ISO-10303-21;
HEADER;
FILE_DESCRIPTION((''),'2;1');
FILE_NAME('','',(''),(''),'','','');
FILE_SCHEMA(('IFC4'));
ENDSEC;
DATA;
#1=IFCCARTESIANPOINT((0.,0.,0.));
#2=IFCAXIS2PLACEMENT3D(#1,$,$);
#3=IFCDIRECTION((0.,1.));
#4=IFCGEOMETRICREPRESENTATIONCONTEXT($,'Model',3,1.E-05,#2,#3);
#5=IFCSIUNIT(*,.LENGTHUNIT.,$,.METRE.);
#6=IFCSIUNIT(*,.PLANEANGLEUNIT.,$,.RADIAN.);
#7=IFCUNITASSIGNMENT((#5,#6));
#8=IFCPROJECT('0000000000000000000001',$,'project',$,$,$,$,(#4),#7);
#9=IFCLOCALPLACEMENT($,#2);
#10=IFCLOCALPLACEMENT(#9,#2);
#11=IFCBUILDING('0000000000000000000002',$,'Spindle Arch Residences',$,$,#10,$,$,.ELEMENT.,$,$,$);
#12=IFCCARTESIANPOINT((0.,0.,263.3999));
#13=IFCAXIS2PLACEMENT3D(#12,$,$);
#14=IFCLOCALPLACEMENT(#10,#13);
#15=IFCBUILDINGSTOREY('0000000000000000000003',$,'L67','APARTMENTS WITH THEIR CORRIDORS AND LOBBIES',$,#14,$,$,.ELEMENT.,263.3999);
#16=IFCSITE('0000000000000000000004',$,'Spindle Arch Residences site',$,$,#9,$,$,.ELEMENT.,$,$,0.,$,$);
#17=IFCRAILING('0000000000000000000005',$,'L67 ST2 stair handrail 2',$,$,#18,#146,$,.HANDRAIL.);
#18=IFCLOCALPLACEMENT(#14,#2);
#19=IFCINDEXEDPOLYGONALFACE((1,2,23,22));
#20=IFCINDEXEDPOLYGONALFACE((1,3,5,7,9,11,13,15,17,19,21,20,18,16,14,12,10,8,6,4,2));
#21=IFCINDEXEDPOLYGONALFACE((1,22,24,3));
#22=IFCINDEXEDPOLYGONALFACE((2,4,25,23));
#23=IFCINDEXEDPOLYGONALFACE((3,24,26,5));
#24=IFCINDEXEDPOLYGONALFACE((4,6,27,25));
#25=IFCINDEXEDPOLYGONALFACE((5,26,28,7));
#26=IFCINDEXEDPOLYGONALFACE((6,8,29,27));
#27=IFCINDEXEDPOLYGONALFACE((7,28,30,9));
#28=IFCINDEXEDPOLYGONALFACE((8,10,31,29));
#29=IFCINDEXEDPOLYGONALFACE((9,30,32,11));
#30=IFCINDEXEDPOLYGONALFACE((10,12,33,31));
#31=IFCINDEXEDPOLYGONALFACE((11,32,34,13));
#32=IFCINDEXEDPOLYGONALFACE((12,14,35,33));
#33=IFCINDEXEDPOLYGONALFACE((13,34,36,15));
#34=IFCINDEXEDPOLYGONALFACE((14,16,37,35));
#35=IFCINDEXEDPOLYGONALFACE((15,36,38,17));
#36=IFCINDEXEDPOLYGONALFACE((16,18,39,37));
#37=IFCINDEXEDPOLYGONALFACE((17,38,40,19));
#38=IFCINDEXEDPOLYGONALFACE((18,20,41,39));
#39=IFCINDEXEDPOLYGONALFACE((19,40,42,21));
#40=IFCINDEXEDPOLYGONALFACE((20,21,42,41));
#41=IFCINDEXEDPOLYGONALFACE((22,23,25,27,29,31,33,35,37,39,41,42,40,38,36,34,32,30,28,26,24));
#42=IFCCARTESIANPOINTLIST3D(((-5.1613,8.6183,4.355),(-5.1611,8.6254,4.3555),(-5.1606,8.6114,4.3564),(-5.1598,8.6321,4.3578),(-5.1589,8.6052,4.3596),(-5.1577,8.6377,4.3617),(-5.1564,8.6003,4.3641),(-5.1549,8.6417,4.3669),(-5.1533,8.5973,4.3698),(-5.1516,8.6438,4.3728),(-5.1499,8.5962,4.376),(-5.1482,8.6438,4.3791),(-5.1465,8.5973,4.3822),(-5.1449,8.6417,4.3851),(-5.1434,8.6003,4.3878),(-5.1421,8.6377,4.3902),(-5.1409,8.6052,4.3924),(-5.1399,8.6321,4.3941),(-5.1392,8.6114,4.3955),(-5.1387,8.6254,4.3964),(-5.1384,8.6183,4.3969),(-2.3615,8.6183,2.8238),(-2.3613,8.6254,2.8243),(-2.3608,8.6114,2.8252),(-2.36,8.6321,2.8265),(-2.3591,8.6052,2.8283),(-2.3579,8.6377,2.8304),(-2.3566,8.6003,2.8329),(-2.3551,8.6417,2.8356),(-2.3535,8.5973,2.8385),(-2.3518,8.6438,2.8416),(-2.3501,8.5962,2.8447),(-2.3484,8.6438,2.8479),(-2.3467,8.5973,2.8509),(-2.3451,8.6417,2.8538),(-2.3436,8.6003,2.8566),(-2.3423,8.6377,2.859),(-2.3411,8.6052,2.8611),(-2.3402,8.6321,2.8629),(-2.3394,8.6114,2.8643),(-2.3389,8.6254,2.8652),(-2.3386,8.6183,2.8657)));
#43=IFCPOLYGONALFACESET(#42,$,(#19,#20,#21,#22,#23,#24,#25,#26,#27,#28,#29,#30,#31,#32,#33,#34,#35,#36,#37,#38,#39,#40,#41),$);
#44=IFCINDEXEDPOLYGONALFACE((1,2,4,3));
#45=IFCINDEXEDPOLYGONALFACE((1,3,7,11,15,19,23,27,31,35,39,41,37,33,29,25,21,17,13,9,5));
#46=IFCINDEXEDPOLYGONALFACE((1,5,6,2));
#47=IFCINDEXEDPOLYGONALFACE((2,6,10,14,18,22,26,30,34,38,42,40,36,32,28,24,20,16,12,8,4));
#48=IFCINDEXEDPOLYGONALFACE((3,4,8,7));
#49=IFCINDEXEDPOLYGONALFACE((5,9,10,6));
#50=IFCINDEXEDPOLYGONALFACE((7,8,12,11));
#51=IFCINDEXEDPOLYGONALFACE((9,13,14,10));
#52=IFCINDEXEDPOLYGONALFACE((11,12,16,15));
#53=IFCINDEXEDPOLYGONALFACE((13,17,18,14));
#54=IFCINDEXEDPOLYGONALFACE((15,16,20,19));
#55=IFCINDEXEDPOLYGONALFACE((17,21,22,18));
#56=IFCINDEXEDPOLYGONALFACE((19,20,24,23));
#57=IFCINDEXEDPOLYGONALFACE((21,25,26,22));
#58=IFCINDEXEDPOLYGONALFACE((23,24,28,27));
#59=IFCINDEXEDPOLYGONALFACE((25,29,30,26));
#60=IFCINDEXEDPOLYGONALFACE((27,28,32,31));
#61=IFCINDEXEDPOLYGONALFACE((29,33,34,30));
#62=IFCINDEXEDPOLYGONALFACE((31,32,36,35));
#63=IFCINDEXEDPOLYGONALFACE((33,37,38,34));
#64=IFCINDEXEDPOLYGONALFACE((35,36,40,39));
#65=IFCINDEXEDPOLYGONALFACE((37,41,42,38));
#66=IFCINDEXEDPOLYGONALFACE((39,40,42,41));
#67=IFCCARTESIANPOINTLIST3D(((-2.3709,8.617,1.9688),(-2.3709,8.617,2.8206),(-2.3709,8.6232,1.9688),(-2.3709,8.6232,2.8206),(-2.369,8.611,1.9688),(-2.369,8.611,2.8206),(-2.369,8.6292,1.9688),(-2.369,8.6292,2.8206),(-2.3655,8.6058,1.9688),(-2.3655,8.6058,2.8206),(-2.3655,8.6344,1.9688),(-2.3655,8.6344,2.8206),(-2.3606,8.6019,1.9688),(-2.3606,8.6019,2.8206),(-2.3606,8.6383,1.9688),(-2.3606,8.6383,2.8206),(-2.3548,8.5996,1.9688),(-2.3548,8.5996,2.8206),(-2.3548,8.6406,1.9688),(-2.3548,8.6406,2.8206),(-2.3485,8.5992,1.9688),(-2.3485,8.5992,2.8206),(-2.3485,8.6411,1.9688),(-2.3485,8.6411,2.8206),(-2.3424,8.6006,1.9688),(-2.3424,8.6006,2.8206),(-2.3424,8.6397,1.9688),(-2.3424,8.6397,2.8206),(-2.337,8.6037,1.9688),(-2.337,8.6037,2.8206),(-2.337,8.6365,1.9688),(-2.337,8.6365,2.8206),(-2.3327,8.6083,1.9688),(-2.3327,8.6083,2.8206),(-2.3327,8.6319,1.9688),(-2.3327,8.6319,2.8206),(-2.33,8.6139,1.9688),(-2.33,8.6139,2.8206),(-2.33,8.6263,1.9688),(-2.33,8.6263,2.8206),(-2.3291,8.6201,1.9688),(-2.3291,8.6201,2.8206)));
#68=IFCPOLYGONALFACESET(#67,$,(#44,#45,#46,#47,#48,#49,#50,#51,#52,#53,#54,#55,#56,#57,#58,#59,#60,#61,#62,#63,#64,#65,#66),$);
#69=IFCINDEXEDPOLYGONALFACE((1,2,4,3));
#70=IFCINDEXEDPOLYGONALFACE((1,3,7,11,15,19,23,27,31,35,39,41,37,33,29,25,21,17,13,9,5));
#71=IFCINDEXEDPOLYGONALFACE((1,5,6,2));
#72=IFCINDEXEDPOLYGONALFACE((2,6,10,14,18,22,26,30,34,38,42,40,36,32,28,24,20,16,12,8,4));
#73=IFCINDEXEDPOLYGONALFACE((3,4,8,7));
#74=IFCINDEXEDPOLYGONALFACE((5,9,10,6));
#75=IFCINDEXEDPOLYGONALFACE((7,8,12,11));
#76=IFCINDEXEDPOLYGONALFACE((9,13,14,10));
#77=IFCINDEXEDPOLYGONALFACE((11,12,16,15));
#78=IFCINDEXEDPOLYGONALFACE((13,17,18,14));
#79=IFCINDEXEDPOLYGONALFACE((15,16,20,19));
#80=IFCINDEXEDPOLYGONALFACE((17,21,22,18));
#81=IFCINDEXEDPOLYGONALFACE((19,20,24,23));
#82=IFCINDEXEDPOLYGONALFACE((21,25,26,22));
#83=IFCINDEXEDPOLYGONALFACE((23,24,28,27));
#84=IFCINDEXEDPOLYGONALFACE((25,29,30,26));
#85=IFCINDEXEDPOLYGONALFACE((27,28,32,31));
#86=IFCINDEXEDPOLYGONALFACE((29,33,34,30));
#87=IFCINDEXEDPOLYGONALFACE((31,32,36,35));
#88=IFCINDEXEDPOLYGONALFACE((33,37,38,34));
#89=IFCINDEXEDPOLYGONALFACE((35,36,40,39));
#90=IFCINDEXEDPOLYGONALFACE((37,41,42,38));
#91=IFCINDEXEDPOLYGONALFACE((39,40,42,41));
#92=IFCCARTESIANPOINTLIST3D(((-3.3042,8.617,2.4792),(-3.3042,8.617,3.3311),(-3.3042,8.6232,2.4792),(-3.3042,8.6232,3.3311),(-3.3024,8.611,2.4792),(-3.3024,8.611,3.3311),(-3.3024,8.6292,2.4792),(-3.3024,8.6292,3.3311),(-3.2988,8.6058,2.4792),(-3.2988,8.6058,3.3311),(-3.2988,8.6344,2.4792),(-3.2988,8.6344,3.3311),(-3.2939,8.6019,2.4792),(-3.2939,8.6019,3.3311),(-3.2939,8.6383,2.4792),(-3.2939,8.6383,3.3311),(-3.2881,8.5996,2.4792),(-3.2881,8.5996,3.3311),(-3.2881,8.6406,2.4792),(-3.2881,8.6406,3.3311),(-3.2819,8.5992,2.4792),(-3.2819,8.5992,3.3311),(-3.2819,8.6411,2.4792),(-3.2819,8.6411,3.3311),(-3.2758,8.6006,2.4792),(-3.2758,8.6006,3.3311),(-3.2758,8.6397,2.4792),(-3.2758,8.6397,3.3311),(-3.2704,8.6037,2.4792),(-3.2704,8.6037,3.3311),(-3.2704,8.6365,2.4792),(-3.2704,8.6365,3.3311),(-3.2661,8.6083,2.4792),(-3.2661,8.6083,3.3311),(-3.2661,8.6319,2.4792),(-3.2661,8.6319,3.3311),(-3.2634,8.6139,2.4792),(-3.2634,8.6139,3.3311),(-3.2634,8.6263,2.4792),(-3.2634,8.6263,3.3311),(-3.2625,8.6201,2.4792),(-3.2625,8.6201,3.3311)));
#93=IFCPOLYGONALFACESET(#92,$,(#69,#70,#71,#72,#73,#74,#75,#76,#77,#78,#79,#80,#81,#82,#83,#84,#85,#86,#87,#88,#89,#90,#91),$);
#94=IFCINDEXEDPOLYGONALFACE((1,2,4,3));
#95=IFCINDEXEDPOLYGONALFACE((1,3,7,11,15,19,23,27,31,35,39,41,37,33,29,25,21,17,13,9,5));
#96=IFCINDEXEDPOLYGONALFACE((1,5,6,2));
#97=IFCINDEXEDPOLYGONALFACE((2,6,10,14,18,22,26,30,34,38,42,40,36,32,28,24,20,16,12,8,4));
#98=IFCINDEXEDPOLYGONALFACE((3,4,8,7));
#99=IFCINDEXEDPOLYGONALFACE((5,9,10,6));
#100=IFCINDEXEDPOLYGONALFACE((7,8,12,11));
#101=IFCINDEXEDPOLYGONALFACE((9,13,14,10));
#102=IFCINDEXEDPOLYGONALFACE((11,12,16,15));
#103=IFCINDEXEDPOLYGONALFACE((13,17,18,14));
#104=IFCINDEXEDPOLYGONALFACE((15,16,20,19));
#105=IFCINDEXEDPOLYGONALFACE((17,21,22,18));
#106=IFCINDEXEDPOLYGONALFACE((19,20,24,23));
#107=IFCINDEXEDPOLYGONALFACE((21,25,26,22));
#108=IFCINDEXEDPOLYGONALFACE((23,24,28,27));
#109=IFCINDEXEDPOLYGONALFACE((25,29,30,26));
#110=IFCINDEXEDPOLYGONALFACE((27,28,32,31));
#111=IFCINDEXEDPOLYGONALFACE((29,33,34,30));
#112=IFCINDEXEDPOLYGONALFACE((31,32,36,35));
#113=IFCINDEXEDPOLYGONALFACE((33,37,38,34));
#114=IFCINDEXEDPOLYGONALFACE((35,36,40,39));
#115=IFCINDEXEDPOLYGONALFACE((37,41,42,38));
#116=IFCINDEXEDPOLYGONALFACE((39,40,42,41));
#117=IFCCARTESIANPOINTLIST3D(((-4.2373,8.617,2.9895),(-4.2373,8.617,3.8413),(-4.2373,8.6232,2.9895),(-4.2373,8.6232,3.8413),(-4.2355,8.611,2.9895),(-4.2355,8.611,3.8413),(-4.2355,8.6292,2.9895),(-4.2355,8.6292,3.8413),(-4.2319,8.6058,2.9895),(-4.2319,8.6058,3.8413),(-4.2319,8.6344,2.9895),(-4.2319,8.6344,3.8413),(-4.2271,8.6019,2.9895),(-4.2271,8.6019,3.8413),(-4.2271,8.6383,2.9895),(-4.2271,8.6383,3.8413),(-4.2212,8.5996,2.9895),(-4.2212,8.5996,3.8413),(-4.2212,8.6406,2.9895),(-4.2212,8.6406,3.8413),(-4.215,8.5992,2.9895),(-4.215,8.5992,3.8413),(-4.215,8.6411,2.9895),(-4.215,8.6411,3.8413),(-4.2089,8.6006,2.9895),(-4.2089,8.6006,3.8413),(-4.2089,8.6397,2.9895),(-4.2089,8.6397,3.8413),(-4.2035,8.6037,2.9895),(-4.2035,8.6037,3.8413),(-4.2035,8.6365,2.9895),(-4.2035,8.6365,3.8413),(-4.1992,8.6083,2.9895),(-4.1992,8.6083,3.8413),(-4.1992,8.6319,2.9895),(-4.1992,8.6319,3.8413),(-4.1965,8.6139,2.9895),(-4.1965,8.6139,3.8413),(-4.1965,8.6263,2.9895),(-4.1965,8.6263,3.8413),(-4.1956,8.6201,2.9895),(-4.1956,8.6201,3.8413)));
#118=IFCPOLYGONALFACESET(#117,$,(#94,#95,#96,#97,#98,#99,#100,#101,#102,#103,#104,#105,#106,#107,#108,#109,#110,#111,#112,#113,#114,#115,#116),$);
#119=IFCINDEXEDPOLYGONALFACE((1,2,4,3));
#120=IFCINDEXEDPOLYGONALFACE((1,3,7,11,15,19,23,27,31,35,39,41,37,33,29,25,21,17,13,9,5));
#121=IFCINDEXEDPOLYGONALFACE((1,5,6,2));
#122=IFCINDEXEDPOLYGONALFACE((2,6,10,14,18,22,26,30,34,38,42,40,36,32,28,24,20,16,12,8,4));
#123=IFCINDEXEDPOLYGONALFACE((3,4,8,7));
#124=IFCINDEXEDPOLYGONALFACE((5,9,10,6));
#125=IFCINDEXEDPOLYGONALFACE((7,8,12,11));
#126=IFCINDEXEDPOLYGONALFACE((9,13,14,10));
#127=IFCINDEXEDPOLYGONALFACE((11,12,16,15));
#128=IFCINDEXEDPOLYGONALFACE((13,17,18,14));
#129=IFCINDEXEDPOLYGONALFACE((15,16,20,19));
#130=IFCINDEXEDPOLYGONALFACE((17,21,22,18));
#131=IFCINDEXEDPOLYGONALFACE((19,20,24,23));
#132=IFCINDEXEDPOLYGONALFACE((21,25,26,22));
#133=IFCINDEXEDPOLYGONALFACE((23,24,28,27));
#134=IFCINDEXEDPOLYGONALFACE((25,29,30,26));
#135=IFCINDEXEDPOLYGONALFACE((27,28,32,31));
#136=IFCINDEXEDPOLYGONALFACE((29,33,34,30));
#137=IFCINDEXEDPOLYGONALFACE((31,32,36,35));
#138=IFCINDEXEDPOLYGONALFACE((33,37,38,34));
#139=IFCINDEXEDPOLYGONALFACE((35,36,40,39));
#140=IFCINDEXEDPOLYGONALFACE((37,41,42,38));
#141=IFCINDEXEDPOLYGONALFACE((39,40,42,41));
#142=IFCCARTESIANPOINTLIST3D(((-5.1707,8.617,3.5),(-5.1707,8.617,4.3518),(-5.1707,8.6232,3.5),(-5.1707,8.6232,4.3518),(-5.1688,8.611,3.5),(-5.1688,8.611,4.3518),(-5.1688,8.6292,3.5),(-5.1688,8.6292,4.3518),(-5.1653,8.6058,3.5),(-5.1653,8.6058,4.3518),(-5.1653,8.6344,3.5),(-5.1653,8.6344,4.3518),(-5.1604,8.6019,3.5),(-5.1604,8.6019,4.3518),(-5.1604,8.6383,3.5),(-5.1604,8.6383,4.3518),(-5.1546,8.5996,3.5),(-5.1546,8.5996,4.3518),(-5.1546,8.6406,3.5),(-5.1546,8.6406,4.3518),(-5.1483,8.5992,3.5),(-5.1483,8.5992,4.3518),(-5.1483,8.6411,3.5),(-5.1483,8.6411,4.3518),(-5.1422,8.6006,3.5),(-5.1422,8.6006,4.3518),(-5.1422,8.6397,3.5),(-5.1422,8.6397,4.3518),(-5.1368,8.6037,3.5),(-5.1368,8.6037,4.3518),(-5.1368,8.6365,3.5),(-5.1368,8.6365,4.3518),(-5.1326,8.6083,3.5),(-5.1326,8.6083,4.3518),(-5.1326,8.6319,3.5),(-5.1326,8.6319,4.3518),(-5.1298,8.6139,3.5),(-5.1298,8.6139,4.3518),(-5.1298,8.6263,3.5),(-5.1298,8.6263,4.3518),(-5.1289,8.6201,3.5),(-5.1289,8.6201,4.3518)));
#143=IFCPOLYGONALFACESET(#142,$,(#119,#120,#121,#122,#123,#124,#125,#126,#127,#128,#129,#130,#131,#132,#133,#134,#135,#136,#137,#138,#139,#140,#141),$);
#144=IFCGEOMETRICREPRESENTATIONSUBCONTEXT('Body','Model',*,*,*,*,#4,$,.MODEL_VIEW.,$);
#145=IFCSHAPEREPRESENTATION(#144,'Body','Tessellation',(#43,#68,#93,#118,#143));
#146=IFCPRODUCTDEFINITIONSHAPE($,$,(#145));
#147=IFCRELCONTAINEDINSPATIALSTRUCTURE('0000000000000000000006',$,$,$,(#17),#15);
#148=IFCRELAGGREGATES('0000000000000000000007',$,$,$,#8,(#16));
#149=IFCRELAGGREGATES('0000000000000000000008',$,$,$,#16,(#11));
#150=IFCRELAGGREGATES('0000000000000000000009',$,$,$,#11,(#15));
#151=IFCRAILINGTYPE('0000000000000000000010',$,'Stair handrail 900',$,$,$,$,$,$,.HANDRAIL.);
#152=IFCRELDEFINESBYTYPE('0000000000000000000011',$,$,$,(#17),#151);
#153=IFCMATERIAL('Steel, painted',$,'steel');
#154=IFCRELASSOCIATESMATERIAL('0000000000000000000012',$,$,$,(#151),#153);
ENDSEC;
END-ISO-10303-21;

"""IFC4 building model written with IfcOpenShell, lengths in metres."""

from ifc_helpers import new_model, si_unit, direction, frame, origin, origin_2d, place, context, subcontext, project, spatial, circle, extrude, material, type_object, element, save


model = new_model("IFC4")

# Units and contexts
model_context = context("Model", 3, precision=1e-05, world=origin(), true_north=direction((0.0, 1.0)))
body_context = subcontext(model_context, "Body", "Model", "MODEL_VIEW")
ifc_project = project(units=[si_unit("LENGTHUNIT", "METRE"), si_unit("PLANEANGLEUNIT", "RADIAN")], contexts=[model_context])

# Site, building, storey
site_placement = place(None, origin())
site = spatial("IfcSite", under=ifc_project, at=site_placement, Name="Spindle Arch Residences site", CompositionType="ELEMENT", RefElevation=0.0)
building_placement = place(site_placement, origin())
building = spatial("IfcBuilding", under=site, at=building_placement, Name="Spindle Arch Residences", CompositionType="ELEMENT")
storey_placement = place(building_placement, frame((0.0, 0.0, 263.3999)))
storey = spatial("IfcBuildingStorey", under=building, at=storey_placement, Name="L67", Description="APARTMENTS WITH THEIR CORRIDORS AND LOBBIES", CompositionType="ELEMENT", Elevation=263.3999)

# Railing
ifc_material_1 = material(Name="Steel, painted", Category="steel")
railing_type_1 = type_object("IfcRailingType", Name="Stair handrail 900", PredefinedType="HANDRAIL", material=ifc_material_1)
railing_1_placement = place(storey_placement, frame((-2.3501, 8.6201, 1.9688)))
element("IfcRailing", 1, at=railing_1_placement, inside=storey, type_object=railing_type_1, Name="L67 ST2 stair handrail 2", PredefinedType="HANDRAIL", context=body_context, shape_type="SweptSolid", body=[
    extrude(circle(Radius=0.0239, at=origin_2d()), frame((0.0, 0.0, 0.876), z_axis=(-0.877357, 0.0, 0.479838), x_axis=(0.0, -1.0, 0.0)), (0.0, 0.0, 1.0), 3.1912),
    extrude(circle(Radius=0.021, at=origin_2d()), origin(), (0.0, 0.0, 1.0), 0.8518),
    extrude(circle(Radius=0.021, at=origin_2d()), frame((-0.9333, 0.0, 0.5105)), (0.0, 0.0, 1.0), 0.8518),
    extrude(circle(Radius=0.021, at=origin_2d()), frame((-1.8665, 0.0, 1.0208)), (0.0, 0.0, 1.0), 0.8518),
    extrude(circle(Radius=0.021, at=origin_2d()), frame((-2.7998, 0.0, 1.5312)), (0.0, 0.0, 1.0), 0.8518),
])

save(model, "model.ifc")
